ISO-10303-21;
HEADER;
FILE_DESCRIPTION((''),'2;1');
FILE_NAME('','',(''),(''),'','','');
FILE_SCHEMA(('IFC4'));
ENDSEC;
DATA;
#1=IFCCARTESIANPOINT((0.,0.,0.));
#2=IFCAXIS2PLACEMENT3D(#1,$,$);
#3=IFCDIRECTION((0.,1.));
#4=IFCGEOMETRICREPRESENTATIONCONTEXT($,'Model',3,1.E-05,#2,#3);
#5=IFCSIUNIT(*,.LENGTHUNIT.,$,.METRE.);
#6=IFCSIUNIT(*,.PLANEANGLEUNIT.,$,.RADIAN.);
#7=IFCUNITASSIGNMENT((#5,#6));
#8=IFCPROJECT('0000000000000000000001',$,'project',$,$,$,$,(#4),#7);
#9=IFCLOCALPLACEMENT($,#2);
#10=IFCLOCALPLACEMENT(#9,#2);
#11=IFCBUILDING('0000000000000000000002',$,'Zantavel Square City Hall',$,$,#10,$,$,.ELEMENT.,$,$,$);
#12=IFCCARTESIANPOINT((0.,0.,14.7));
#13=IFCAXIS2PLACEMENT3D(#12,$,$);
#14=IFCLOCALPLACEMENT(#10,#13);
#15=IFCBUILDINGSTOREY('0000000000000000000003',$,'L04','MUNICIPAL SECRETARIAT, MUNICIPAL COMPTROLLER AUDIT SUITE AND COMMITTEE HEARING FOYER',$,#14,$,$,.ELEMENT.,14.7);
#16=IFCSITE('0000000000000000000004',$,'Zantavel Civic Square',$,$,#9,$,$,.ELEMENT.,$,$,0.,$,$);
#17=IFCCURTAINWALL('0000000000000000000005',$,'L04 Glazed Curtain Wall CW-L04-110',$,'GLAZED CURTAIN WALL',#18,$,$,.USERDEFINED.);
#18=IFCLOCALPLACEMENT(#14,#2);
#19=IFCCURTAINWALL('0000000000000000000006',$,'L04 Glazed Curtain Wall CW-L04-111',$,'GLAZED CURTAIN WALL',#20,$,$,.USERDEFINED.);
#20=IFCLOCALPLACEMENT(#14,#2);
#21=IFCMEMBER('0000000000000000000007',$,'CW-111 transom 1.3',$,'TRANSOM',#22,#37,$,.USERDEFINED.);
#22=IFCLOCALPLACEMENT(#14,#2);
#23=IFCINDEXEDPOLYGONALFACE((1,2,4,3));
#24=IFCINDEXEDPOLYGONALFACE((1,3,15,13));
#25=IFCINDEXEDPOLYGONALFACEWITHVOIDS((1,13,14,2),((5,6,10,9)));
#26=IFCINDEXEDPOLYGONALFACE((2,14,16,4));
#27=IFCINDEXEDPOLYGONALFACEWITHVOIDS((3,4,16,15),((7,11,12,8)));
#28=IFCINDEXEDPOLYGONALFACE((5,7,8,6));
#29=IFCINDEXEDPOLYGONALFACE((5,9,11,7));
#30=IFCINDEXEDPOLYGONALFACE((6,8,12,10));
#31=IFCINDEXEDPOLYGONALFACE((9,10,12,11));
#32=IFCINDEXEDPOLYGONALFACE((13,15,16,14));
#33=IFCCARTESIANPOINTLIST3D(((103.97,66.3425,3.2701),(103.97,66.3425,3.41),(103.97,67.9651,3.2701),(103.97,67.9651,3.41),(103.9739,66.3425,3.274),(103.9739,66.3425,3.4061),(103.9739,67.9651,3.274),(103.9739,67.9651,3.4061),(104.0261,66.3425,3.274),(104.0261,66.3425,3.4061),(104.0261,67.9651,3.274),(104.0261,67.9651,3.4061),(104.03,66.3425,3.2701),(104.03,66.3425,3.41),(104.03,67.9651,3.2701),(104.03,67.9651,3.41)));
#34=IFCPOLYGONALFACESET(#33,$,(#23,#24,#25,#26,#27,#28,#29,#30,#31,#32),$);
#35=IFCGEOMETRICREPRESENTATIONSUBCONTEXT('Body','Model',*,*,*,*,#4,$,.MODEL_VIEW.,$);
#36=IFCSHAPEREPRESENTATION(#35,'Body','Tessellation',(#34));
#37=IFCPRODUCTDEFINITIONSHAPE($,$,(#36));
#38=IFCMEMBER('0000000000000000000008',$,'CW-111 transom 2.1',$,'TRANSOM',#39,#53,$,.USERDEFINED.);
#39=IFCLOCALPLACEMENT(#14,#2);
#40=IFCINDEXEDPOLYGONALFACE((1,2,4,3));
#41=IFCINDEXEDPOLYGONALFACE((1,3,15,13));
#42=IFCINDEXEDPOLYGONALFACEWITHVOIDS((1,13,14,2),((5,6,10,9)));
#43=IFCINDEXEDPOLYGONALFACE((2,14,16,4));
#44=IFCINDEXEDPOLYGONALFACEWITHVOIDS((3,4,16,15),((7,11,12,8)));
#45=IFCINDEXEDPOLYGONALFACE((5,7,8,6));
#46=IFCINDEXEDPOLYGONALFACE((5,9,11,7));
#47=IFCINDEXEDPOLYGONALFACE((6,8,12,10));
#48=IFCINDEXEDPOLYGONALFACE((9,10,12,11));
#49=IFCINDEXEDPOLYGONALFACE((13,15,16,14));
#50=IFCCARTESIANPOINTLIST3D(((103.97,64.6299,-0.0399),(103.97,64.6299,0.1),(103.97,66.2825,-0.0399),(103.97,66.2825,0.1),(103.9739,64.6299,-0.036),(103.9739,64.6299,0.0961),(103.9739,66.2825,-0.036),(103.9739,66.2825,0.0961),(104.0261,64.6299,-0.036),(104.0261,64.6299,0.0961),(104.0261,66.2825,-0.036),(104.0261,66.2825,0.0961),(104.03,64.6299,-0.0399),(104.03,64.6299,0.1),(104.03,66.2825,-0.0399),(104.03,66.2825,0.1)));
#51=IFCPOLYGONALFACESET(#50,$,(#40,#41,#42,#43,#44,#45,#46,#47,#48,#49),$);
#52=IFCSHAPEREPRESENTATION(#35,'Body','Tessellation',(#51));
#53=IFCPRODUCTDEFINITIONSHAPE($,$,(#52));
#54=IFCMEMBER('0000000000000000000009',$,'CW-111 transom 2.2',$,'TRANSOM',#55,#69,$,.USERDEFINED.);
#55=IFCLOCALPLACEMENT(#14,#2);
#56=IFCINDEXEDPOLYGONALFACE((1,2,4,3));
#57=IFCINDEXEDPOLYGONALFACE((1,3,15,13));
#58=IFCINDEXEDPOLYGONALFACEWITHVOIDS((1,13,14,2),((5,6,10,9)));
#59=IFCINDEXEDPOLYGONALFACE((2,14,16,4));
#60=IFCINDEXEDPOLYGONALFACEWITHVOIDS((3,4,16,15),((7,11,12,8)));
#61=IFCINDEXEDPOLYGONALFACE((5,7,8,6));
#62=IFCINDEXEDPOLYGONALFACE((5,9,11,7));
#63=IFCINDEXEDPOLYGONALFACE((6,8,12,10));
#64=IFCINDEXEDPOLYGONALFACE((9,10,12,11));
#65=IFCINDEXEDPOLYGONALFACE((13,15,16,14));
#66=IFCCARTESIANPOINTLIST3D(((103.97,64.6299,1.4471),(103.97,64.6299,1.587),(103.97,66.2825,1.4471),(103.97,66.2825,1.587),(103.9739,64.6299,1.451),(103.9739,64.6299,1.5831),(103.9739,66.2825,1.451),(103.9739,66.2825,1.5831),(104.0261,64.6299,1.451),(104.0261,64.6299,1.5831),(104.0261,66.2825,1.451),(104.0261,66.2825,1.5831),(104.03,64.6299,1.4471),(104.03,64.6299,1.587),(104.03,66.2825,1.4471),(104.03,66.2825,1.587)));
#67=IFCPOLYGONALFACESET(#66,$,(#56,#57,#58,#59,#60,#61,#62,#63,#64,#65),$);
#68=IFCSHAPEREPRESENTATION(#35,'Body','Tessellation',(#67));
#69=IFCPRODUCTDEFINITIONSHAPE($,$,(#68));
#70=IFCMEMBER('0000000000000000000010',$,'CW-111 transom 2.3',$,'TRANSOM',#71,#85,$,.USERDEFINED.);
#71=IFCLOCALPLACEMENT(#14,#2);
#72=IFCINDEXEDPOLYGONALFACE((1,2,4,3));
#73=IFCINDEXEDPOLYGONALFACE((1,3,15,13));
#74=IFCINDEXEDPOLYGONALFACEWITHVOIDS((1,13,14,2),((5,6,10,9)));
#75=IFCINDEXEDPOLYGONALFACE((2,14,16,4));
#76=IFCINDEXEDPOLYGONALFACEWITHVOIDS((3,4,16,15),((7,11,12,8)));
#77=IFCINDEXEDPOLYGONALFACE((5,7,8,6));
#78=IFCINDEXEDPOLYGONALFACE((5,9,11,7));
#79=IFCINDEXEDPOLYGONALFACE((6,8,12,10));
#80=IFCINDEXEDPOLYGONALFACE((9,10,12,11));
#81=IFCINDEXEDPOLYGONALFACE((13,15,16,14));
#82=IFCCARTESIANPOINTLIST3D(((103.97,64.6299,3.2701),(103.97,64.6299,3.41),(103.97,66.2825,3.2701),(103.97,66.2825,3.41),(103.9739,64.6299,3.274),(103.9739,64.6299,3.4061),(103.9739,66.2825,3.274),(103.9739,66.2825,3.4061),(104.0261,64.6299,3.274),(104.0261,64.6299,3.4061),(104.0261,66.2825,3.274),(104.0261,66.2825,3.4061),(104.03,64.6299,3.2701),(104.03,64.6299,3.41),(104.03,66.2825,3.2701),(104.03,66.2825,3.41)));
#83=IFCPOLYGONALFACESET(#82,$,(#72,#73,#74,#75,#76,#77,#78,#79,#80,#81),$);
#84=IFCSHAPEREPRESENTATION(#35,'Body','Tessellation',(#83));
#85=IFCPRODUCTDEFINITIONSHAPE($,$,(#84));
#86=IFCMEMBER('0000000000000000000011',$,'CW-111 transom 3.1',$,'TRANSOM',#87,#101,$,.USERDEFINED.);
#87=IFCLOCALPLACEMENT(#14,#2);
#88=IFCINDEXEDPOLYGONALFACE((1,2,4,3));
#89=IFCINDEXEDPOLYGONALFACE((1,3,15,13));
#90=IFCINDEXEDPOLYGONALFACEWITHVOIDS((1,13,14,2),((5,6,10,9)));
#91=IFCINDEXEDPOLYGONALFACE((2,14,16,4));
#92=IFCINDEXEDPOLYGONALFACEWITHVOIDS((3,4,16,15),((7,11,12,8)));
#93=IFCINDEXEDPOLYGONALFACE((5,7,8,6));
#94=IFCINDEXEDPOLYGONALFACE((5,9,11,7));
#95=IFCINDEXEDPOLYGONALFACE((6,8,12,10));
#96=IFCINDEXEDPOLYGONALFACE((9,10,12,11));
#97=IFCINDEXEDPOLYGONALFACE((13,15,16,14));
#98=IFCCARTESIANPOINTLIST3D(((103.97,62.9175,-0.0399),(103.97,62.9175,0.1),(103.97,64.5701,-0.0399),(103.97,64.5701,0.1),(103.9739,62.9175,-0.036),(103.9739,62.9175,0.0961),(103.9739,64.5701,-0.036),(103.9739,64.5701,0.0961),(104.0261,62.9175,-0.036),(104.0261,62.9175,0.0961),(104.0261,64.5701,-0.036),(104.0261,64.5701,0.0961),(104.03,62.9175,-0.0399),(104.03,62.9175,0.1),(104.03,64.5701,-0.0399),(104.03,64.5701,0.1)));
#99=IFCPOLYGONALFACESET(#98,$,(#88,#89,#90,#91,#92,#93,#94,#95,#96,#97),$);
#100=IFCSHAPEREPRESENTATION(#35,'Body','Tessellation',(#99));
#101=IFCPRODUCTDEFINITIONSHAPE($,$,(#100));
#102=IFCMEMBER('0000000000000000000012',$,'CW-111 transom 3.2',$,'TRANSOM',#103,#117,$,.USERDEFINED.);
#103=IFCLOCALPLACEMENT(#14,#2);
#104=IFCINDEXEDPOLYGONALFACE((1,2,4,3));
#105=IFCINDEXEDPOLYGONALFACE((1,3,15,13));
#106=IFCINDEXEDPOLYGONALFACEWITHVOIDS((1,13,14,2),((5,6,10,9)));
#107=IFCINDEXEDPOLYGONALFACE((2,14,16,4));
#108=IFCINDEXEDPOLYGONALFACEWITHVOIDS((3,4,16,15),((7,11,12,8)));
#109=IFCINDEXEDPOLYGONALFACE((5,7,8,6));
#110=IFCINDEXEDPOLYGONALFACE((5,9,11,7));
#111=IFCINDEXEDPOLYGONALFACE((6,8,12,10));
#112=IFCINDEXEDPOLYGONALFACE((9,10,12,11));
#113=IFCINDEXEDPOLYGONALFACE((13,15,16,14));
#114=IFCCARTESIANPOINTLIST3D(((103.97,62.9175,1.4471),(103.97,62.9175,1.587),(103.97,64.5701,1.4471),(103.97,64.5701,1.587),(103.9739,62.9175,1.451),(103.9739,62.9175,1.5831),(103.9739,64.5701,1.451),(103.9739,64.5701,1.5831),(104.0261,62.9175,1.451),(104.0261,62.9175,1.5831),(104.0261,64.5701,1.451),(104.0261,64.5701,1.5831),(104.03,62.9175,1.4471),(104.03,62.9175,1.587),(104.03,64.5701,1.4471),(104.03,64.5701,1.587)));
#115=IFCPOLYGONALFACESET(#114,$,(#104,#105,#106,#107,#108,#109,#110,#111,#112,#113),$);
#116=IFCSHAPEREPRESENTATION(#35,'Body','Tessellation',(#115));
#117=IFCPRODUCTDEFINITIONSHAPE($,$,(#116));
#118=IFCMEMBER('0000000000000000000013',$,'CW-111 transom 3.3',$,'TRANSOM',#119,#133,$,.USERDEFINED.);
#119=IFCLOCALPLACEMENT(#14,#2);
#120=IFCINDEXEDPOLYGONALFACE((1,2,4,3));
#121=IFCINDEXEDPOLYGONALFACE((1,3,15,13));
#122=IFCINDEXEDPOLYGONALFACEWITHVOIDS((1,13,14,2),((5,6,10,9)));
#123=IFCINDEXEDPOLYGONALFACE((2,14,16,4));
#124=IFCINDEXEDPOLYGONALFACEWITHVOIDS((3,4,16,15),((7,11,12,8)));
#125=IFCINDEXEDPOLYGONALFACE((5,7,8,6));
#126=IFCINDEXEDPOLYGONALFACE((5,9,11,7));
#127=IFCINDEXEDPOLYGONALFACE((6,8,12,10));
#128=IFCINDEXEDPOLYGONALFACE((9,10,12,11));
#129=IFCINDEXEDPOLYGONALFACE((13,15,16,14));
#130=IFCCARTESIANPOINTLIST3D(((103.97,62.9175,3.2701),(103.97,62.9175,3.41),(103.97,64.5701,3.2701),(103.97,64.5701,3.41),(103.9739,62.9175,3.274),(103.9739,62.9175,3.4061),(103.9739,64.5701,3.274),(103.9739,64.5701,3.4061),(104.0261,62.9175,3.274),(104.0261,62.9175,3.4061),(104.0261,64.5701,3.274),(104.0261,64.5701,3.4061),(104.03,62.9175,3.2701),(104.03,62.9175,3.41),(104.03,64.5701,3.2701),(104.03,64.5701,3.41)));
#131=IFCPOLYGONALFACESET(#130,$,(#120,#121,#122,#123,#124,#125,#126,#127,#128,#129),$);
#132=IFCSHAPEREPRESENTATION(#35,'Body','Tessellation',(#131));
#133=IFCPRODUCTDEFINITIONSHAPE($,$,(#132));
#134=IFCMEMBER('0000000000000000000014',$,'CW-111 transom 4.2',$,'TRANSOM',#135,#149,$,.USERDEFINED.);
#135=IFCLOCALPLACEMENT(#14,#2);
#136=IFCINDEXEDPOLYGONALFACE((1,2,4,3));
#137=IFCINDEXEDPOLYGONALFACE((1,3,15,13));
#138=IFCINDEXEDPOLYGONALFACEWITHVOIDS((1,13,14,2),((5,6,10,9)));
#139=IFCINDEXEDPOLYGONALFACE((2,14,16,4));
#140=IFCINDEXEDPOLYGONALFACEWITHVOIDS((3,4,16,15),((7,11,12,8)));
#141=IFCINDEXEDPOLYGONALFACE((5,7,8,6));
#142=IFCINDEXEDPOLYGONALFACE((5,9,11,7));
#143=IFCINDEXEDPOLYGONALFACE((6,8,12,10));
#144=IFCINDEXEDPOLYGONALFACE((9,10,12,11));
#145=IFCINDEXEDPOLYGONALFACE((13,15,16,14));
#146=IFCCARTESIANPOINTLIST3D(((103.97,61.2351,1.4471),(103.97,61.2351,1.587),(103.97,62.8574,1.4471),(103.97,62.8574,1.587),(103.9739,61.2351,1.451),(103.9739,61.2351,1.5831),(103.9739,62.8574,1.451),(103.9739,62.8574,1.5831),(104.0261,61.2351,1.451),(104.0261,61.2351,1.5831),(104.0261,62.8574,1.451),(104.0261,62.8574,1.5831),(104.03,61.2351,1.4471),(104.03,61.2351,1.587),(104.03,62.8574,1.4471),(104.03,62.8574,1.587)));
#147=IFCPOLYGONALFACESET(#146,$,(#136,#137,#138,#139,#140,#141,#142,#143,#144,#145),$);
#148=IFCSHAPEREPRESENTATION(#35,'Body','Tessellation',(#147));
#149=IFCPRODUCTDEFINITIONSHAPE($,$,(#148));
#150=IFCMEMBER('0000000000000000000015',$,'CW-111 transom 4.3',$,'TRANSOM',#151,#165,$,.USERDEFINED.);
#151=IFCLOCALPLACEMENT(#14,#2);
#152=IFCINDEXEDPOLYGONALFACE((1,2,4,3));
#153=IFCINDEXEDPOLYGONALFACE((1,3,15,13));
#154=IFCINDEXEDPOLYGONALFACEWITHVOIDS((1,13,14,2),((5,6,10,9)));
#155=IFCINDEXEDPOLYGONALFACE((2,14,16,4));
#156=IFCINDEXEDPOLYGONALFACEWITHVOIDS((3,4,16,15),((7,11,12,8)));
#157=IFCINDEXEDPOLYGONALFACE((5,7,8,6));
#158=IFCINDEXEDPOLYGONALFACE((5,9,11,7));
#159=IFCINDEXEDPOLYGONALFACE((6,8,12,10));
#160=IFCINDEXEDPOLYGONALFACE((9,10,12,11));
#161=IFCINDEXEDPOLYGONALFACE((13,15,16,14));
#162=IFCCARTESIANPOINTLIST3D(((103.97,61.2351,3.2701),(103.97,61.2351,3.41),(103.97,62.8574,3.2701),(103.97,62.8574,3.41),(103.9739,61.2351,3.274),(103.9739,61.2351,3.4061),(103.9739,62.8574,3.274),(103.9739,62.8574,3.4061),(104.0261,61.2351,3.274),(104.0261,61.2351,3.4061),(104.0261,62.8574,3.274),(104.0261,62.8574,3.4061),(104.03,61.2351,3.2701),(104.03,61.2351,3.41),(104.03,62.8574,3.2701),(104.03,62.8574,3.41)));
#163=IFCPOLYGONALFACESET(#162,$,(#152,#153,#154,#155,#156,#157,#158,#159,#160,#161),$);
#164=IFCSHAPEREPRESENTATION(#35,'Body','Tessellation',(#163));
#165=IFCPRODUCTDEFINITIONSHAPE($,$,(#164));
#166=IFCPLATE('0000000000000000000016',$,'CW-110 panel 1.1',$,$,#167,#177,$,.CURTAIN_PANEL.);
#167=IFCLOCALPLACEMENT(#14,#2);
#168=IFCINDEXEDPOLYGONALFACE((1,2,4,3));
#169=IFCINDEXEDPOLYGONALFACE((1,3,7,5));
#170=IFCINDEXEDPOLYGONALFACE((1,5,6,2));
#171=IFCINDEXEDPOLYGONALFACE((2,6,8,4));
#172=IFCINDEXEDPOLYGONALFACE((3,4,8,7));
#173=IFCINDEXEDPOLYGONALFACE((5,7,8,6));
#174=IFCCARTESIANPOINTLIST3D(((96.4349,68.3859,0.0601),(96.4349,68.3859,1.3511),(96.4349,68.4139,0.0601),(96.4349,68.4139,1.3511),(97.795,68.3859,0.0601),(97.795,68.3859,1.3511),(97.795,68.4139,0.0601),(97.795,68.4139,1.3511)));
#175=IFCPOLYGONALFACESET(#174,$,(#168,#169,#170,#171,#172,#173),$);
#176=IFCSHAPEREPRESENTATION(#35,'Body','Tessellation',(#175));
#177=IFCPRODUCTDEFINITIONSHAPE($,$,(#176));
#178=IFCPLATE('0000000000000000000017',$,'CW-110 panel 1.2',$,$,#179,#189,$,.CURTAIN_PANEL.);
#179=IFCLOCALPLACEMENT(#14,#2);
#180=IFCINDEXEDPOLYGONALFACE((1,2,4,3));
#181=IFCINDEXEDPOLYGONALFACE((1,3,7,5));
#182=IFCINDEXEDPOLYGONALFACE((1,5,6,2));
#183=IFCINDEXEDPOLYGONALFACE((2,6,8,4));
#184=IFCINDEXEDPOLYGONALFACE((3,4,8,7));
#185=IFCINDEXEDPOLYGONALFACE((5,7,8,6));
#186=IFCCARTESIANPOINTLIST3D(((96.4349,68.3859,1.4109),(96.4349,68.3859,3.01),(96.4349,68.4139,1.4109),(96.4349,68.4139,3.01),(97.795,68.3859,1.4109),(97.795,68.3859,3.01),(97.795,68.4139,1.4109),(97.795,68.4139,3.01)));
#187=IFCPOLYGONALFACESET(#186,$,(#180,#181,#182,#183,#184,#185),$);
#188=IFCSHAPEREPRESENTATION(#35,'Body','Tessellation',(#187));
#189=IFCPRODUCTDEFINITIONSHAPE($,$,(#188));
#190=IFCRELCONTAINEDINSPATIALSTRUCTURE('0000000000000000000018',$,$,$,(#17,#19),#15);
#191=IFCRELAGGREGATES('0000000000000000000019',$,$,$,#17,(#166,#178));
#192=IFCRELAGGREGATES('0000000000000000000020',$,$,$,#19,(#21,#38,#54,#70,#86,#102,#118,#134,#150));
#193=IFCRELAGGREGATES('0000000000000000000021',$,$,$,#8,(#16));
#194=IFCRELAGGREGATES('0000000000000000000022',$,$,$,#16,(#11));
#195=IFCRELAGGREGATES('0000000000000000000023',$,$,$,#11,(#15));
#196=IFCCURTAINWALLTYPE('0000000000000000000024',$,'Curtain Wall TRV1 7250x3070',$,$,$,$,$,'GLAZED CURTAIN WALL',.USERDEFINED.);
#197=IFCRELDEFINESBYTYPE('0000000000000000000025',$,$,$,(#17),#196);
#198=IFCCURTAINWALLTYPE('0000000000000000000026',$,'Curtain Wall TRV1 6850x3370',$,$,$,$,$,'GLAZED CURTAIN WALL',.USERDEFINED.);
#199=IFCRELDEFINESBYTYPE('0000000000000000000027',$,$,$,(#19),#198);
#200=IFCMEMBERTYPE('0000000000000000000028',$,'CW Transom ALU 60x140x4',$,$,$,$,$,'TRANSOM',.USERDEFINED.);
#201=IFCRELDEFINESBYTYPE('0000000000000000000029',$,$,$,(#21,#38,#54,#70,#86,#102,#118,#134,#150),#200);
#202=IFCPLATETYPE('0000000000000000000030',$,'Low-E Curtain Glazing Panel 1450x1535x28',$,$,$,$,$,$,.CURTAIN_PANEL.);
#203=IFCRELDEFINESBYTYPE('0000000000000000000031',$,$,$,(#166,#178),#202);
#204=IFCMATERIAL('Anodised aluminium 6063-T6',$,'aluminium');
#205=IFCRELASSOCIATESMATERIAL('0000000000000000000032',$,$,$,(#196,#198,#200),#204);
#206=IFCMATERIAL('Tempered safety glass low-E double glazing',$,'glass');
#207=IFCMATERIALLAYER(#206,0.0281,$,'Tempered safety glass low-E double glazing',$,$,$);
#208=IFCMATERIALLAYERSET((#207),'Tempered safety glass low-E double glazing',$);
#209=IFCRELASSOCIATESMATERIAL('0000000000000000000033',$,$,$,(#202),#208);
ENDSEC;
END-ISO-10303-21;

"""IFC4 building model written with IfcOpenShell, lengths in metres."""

from ifc_helpers import new_model, si_unit, direction, frame, origin, origin_2d, place, context, subcontext, project, spatial, rectangle, hollow_rectangle, extrude, material, layer, layer_set, material_profile, profile_set, type_object, element, aggregate, save


model = new_model("IFC4")

# Units and contexts
model_context = context("Model", 3, precision=1e-05, world=origin(), true_north=direction((0.0, 1.0)))
body_context = subcontext(model_context, "Body", "Model", "MODEL_VIEW")
ifc_project = project(units=[si_unit("LENGTHUNIT", "METRE"), si_unit("PLANEANGLEUNIT", "RADIAN")], contexts=[model_context])

# Site, building, storey
site_placement = place(None, origin())
site = spatial("IfcSite", under=ifc_project, at=site_placement, Name="Zantavel Civic Square", CompositionType="ELEMENT", RefElevation=0.0)
building_placement = place(site_placement, origin())
building = spatial("IfcBuilding", under=site, at=building_placement, Name="Zantavel Square City Hall", CompositionType="ELEMENT")
storey_placement = place(building_placement, frame((0.0, 0.0, 14.7)))
storey = spatial("IfcBuildingStorey", under=building, at=storey_placement, Name="L04", Description="MUNICIPAL SECRETARIAT, MUNICIPAL COMPTROLLER AUDIT SUITE AND COMMITTEE HEARING FOYER", CompositionType="ELEMENT", Elevation=14.7)

# Curtain wall
ifc_material_1 = material(Name="Anodised aluminium 6063-T6", Category="aluminium")
curtain_wall_type_1 = type_object("IfcCurtainWallType", Name="Curtain Wall TRV1 7250x3070", ElementType="GLAZED CURTAIN WALL", PredefinedType="USERDEFINED", material=ifc_material_1)
curtain_wall_1_placement = place(storey_placement, origin())
curtain_wall_1 = element("IfcCurtainWall", 1, at=curtain_wall_1_placement, inside=storey, type_object=curtain_wall_type_1, Name="L04 Glazed Curtain Wall CW-L04-110", ObjectType="GLAZED CURTAIN WALL", PredefinedType="USERDEFINED")

# Curtain wall
curtain_wall_type_2 = type_object("IfcCurtainWallType", Name="Curtain Wall TRV1 6850x3370", ElementType="GLAZED CURTAIN WALL", PredefinedType="USERDEFINED", material=ifc_material_1)
curtain_wall_2_placement = place(storey_placement, origin())
curtain_wall_2 = element("IfcCurtainWall", 2, at=curtain_wall_2_placement, inside=storey, type_object=curtain_wall_type_2, Name="L04 Glazed Curtain Wall CW-L04-111", ObjectType="GLAZED CURTAIN WALL", PredefinedType="USERDEFINED")

# Members
ifc_material_profile_1 = material_profile(ifc_material_1, hollow_rectangle(XDim=0.0601, YDim=0.1399, WallThickness=0.0039, at=origin_2d()), Name="ALU 60x140x4")
ifc_profile_set_1 = profile_set([ifc_material_profile_1], Name="Anodised aluminium 6063-T6")
member_type_1 = type_object("IfcMemberType", Name="CW Transom ALU 60x140x4", ElementType="TRANSOM", PredefinedType="USERDEFINED", material=ifc_profile_set_1)
member_1_placement = place(storey_placement, frame((104.0, 67.9651, 3.3401), z_axis=(0.0, -1.0, 0.0), x_axis=(1.0, 0.0, 0.0)))
member_1 = element("IfcMember", 3, at=member_1_placement, type_object=member_type_1, Name="CW-111 transom 1.3", ObjectType="TRANSOM", PredefinedType="USERDEFINED", context=body_context, shape_type="SweptSolid", body=[
    extrude(hollow_rectangle(XDim=0.0601, YDim=0.1399, WallThickness=0.0039, at=origin_2d()), origin(), (0.0, 0.0, 1.0), 1.6226),
])
member_2_placement = place(storey_placement, frame((104.0, 66.2825, 0.03), z_axis=(0.0, -1.0, 0.0), x_axis=(1.0, 0.0, 0.0)))
member_2 = element("IfcMember", 4, at=member_2_placement, type_object=member_type_1, Name="CW-111 transom 2.1", ObjectType="TRANSOM", PredefinedType="USERDEFINED", context=body_context, shape_type="SweptSolid", body=[
    extrude(hollow_rectangle(XDim=0.0601, YDim=0.1399, WallThickness=0.0039, at=origin_2d()), origin(), (0.0, 0.0, 1.0), 1.6526),
])
member_3_placement = place(storey_placement, frame((104.0, 66.2825, 1.5171), z_axis=(0.0, -1.0, 0.0), x_axis=(1.0, 0.0, 0.0)))
member_3 = element("IfcMember", 5, at=member_3_placement, type_object=member_type_1, Name="CW-111 transom 2.2", ObjectType="TRANSOM", PredefinedType="USERDEFINED", context=body_context, shape_type="SweptSolid", body=[
    extrude(hollow_rectangle(XDim=0.0601, YDim=0.1399, WallThickness=0.0039, at=origin_2d()), origin(), (0.0, 0.0, 1.0), 1.6526),
])
member_4_placement = place(storey_placement, frame((104.0, 66.2825, 3.3401), z_axis=(0.0, -1.0, 0.0), x_axis=(1.0, 0.0, 0.0)))
member_4 = element("IfcMember", 6, at=member_4_placement, type_object=member_type_1, Name="CW-111 transom 2.3", ObjectType="TRANSOM", PredefinedType="USERDEFINED", context=body_context, shape_type="SweptSolid", body=[
    extrude(hollow_rectangle(XDim=0.0601, YDim=0.1399, WallThickness=0.0039, at=origin_2d()), origin(), (0.0, 0.0, 1.0), 1.6526),
])
member_5_placement = place(storey_placement, frame((104.0, 64.5701, 0.03), z_axis=(0.0, -1.0, 0.0), x_axis=(1.0, 0.0, 0.0)))
member_5 = element("IfcMember", 7, at=member_5_placement, type_object=member_type_1, Name="CW-111 transom 3.1", ObjectType="TRANSOM", PredefinedType="USERDEFINED", context=body_context, shape_type="SweptSolid", body=[
    extrude(hollow_rectangle(XDim=0.0601, YDim=0.1399, WallThickness=0.0039, at=origin_2d()), origin(), (0.0, 0.0, 1.0), 1.6526),
])
member_6_placement = place(storey_placement, frame((104.0, 64.5701, 1.5171), z_axis=(0.0, -1.0, 0.0), x_axis=(1.0, 0.0, 0.0)))
member_6 = element("IfcMember", 8, at=member_6_placement, type_object=member_type_1, Name="CW-111 transom 3.2", ObjectType="TRANSOM", PredefinedType="USERDEFINED", context=body_context, shape_type="SweptSolid", body=[
    extrude(hollow_rectangle(XDim=0.0601, YDim=0.1399, WallThickness=0.0039, at=origin_2d()), origin(), (0.0, 0.0, 1.0), 1.6526),
])
member_7_placement = place(storey_placement, frame((104.0, 64.5701, 3.3401), z_axis=(0.0, -1.0, 0.0), x_axis=(1.0, 0.0, 0.0)))
member_7 = element("IfcMember", 9, at=member_7_placement, type_object=member_type_1, Name="CW-111 transom 3.3", ObjectType="TRANSOM", PredefinedType="USERDEFINED", context=body_context, shape_type="SweptSolid", body=[
    extrude(hollow_rectangle(XDim=0.0601, YDim=0.1399, WallThickness=0.0039, at=origin_2d()), origin(), (0.0, 0.0, 1.0), 1.6526),
])
member_8_placement = place(storey_placement, frame((104.0, 62.8574, 1.5171), z_axis=(0.0, -1.0, 0.0), x_axis=(1.0, 0.0, 0.0)))
member_8 = element("IfcMember", 10, at=member_8_placement, type_object=member_type_1, Name="CW-111 transom 4.2", ObjectType="TRANSOM", PredefinedType="USERDEFINED", context=body_context, shape_type="SweptSolid", body=[
    extrude(hollow_rectangle(XDim=0.0601, YDim=0.1399, WallThickness=0.0039, at=origin_2d()), origin(), (0.0, 0.0, 1.0), 1.6223),
])
member_9_placement = place(storey_placement, frame((104.0, 62.8574, 3.3401), z_axis=(0.0, -1.0, 0.0), x_axis=(1.0, 0.0, 0.0)))
member_9 = element("IfcMember", 11, at=member_9_placement, type_object=member_type_1, Name="CW-111 transom 4.3", ObjectType="TRANSOM", PredefinedType="USERDEFINED", context=body_context, shape_type="SweptSolid", body=[
    extrude(hollow_rectangle(XDim=0.0601, YDim=0.1399, WallThickness=0.0039, at=origin_2d()), origin(), (0.0, 0.0, 1.0), 1.6223),
])

# Plates
ifc_material_2 = material(Name="Tempered safety glass low-E double glazing", Category="glass")
ifc_layer_1 = layer(ifc_material_2, 0.0281, Name="Tempered safety glass low-E double glazing")
ifc_layer_set_1 = layer_set([ifc_layer_1], Name="Tempered safety glass low-E double glazing")
plate_type_1 = type_object("IfcPlateType", Name="Low-E Curtain Glazing Panel 1450x1535x28", PredefinedType="CURTAIN_PANEL", material=ifc_layer_set_1)
plate_1_placement = place(storey_placement, frame((97.115, 68.3999, 0.0601), z_axis=(0.0, 0.0, 1.0), x_axis=(1.0, 0.0, 0.0)))
plate_1 = element("IfcPlate", 12, at=plate_1_placement, type_object=plate_type_1, Name="CW-110 panel 1.1", PredefinedType="CURTAIN_PANEL", context=body_context, shape_type="SweptSolid", body=[
    extrude(rectangle(XDim=1.3601, YDim=0.0281, at=origin_2d()), origin(), (0.0, 0.0, 1.0), 1.291),
])
plate_2_placement = place(storey_placement, frame((97.115, 68.3999, 1.4109), z_axis=(0.0, 0.0, 1.0), x_axis=(1.0, 0.0, 0.0)))
plate_2 = element("IfcPlate", 13, at=plate_2_placement, type_object=plate_type_1, Name="CW-110 panel 1.2", PredefinedType="CURTAIN_PANEL", context=body_context, shape_type="SweptSolid", body=[
    extrude(rectangle(XDim=1.3601, YDim=0.0281, at=origin_2d()), origin(), (0.0, 0.0, 1.0), 1.5991),
])
aggregate(curtain_wall_1, [plate_1, plate_2])
aggregate(curtain_wall_2, [member_1, member_2, member_3, member_4, member_5, member_6, member_7, member_8, member_9])

save(model, "model.ifc")
